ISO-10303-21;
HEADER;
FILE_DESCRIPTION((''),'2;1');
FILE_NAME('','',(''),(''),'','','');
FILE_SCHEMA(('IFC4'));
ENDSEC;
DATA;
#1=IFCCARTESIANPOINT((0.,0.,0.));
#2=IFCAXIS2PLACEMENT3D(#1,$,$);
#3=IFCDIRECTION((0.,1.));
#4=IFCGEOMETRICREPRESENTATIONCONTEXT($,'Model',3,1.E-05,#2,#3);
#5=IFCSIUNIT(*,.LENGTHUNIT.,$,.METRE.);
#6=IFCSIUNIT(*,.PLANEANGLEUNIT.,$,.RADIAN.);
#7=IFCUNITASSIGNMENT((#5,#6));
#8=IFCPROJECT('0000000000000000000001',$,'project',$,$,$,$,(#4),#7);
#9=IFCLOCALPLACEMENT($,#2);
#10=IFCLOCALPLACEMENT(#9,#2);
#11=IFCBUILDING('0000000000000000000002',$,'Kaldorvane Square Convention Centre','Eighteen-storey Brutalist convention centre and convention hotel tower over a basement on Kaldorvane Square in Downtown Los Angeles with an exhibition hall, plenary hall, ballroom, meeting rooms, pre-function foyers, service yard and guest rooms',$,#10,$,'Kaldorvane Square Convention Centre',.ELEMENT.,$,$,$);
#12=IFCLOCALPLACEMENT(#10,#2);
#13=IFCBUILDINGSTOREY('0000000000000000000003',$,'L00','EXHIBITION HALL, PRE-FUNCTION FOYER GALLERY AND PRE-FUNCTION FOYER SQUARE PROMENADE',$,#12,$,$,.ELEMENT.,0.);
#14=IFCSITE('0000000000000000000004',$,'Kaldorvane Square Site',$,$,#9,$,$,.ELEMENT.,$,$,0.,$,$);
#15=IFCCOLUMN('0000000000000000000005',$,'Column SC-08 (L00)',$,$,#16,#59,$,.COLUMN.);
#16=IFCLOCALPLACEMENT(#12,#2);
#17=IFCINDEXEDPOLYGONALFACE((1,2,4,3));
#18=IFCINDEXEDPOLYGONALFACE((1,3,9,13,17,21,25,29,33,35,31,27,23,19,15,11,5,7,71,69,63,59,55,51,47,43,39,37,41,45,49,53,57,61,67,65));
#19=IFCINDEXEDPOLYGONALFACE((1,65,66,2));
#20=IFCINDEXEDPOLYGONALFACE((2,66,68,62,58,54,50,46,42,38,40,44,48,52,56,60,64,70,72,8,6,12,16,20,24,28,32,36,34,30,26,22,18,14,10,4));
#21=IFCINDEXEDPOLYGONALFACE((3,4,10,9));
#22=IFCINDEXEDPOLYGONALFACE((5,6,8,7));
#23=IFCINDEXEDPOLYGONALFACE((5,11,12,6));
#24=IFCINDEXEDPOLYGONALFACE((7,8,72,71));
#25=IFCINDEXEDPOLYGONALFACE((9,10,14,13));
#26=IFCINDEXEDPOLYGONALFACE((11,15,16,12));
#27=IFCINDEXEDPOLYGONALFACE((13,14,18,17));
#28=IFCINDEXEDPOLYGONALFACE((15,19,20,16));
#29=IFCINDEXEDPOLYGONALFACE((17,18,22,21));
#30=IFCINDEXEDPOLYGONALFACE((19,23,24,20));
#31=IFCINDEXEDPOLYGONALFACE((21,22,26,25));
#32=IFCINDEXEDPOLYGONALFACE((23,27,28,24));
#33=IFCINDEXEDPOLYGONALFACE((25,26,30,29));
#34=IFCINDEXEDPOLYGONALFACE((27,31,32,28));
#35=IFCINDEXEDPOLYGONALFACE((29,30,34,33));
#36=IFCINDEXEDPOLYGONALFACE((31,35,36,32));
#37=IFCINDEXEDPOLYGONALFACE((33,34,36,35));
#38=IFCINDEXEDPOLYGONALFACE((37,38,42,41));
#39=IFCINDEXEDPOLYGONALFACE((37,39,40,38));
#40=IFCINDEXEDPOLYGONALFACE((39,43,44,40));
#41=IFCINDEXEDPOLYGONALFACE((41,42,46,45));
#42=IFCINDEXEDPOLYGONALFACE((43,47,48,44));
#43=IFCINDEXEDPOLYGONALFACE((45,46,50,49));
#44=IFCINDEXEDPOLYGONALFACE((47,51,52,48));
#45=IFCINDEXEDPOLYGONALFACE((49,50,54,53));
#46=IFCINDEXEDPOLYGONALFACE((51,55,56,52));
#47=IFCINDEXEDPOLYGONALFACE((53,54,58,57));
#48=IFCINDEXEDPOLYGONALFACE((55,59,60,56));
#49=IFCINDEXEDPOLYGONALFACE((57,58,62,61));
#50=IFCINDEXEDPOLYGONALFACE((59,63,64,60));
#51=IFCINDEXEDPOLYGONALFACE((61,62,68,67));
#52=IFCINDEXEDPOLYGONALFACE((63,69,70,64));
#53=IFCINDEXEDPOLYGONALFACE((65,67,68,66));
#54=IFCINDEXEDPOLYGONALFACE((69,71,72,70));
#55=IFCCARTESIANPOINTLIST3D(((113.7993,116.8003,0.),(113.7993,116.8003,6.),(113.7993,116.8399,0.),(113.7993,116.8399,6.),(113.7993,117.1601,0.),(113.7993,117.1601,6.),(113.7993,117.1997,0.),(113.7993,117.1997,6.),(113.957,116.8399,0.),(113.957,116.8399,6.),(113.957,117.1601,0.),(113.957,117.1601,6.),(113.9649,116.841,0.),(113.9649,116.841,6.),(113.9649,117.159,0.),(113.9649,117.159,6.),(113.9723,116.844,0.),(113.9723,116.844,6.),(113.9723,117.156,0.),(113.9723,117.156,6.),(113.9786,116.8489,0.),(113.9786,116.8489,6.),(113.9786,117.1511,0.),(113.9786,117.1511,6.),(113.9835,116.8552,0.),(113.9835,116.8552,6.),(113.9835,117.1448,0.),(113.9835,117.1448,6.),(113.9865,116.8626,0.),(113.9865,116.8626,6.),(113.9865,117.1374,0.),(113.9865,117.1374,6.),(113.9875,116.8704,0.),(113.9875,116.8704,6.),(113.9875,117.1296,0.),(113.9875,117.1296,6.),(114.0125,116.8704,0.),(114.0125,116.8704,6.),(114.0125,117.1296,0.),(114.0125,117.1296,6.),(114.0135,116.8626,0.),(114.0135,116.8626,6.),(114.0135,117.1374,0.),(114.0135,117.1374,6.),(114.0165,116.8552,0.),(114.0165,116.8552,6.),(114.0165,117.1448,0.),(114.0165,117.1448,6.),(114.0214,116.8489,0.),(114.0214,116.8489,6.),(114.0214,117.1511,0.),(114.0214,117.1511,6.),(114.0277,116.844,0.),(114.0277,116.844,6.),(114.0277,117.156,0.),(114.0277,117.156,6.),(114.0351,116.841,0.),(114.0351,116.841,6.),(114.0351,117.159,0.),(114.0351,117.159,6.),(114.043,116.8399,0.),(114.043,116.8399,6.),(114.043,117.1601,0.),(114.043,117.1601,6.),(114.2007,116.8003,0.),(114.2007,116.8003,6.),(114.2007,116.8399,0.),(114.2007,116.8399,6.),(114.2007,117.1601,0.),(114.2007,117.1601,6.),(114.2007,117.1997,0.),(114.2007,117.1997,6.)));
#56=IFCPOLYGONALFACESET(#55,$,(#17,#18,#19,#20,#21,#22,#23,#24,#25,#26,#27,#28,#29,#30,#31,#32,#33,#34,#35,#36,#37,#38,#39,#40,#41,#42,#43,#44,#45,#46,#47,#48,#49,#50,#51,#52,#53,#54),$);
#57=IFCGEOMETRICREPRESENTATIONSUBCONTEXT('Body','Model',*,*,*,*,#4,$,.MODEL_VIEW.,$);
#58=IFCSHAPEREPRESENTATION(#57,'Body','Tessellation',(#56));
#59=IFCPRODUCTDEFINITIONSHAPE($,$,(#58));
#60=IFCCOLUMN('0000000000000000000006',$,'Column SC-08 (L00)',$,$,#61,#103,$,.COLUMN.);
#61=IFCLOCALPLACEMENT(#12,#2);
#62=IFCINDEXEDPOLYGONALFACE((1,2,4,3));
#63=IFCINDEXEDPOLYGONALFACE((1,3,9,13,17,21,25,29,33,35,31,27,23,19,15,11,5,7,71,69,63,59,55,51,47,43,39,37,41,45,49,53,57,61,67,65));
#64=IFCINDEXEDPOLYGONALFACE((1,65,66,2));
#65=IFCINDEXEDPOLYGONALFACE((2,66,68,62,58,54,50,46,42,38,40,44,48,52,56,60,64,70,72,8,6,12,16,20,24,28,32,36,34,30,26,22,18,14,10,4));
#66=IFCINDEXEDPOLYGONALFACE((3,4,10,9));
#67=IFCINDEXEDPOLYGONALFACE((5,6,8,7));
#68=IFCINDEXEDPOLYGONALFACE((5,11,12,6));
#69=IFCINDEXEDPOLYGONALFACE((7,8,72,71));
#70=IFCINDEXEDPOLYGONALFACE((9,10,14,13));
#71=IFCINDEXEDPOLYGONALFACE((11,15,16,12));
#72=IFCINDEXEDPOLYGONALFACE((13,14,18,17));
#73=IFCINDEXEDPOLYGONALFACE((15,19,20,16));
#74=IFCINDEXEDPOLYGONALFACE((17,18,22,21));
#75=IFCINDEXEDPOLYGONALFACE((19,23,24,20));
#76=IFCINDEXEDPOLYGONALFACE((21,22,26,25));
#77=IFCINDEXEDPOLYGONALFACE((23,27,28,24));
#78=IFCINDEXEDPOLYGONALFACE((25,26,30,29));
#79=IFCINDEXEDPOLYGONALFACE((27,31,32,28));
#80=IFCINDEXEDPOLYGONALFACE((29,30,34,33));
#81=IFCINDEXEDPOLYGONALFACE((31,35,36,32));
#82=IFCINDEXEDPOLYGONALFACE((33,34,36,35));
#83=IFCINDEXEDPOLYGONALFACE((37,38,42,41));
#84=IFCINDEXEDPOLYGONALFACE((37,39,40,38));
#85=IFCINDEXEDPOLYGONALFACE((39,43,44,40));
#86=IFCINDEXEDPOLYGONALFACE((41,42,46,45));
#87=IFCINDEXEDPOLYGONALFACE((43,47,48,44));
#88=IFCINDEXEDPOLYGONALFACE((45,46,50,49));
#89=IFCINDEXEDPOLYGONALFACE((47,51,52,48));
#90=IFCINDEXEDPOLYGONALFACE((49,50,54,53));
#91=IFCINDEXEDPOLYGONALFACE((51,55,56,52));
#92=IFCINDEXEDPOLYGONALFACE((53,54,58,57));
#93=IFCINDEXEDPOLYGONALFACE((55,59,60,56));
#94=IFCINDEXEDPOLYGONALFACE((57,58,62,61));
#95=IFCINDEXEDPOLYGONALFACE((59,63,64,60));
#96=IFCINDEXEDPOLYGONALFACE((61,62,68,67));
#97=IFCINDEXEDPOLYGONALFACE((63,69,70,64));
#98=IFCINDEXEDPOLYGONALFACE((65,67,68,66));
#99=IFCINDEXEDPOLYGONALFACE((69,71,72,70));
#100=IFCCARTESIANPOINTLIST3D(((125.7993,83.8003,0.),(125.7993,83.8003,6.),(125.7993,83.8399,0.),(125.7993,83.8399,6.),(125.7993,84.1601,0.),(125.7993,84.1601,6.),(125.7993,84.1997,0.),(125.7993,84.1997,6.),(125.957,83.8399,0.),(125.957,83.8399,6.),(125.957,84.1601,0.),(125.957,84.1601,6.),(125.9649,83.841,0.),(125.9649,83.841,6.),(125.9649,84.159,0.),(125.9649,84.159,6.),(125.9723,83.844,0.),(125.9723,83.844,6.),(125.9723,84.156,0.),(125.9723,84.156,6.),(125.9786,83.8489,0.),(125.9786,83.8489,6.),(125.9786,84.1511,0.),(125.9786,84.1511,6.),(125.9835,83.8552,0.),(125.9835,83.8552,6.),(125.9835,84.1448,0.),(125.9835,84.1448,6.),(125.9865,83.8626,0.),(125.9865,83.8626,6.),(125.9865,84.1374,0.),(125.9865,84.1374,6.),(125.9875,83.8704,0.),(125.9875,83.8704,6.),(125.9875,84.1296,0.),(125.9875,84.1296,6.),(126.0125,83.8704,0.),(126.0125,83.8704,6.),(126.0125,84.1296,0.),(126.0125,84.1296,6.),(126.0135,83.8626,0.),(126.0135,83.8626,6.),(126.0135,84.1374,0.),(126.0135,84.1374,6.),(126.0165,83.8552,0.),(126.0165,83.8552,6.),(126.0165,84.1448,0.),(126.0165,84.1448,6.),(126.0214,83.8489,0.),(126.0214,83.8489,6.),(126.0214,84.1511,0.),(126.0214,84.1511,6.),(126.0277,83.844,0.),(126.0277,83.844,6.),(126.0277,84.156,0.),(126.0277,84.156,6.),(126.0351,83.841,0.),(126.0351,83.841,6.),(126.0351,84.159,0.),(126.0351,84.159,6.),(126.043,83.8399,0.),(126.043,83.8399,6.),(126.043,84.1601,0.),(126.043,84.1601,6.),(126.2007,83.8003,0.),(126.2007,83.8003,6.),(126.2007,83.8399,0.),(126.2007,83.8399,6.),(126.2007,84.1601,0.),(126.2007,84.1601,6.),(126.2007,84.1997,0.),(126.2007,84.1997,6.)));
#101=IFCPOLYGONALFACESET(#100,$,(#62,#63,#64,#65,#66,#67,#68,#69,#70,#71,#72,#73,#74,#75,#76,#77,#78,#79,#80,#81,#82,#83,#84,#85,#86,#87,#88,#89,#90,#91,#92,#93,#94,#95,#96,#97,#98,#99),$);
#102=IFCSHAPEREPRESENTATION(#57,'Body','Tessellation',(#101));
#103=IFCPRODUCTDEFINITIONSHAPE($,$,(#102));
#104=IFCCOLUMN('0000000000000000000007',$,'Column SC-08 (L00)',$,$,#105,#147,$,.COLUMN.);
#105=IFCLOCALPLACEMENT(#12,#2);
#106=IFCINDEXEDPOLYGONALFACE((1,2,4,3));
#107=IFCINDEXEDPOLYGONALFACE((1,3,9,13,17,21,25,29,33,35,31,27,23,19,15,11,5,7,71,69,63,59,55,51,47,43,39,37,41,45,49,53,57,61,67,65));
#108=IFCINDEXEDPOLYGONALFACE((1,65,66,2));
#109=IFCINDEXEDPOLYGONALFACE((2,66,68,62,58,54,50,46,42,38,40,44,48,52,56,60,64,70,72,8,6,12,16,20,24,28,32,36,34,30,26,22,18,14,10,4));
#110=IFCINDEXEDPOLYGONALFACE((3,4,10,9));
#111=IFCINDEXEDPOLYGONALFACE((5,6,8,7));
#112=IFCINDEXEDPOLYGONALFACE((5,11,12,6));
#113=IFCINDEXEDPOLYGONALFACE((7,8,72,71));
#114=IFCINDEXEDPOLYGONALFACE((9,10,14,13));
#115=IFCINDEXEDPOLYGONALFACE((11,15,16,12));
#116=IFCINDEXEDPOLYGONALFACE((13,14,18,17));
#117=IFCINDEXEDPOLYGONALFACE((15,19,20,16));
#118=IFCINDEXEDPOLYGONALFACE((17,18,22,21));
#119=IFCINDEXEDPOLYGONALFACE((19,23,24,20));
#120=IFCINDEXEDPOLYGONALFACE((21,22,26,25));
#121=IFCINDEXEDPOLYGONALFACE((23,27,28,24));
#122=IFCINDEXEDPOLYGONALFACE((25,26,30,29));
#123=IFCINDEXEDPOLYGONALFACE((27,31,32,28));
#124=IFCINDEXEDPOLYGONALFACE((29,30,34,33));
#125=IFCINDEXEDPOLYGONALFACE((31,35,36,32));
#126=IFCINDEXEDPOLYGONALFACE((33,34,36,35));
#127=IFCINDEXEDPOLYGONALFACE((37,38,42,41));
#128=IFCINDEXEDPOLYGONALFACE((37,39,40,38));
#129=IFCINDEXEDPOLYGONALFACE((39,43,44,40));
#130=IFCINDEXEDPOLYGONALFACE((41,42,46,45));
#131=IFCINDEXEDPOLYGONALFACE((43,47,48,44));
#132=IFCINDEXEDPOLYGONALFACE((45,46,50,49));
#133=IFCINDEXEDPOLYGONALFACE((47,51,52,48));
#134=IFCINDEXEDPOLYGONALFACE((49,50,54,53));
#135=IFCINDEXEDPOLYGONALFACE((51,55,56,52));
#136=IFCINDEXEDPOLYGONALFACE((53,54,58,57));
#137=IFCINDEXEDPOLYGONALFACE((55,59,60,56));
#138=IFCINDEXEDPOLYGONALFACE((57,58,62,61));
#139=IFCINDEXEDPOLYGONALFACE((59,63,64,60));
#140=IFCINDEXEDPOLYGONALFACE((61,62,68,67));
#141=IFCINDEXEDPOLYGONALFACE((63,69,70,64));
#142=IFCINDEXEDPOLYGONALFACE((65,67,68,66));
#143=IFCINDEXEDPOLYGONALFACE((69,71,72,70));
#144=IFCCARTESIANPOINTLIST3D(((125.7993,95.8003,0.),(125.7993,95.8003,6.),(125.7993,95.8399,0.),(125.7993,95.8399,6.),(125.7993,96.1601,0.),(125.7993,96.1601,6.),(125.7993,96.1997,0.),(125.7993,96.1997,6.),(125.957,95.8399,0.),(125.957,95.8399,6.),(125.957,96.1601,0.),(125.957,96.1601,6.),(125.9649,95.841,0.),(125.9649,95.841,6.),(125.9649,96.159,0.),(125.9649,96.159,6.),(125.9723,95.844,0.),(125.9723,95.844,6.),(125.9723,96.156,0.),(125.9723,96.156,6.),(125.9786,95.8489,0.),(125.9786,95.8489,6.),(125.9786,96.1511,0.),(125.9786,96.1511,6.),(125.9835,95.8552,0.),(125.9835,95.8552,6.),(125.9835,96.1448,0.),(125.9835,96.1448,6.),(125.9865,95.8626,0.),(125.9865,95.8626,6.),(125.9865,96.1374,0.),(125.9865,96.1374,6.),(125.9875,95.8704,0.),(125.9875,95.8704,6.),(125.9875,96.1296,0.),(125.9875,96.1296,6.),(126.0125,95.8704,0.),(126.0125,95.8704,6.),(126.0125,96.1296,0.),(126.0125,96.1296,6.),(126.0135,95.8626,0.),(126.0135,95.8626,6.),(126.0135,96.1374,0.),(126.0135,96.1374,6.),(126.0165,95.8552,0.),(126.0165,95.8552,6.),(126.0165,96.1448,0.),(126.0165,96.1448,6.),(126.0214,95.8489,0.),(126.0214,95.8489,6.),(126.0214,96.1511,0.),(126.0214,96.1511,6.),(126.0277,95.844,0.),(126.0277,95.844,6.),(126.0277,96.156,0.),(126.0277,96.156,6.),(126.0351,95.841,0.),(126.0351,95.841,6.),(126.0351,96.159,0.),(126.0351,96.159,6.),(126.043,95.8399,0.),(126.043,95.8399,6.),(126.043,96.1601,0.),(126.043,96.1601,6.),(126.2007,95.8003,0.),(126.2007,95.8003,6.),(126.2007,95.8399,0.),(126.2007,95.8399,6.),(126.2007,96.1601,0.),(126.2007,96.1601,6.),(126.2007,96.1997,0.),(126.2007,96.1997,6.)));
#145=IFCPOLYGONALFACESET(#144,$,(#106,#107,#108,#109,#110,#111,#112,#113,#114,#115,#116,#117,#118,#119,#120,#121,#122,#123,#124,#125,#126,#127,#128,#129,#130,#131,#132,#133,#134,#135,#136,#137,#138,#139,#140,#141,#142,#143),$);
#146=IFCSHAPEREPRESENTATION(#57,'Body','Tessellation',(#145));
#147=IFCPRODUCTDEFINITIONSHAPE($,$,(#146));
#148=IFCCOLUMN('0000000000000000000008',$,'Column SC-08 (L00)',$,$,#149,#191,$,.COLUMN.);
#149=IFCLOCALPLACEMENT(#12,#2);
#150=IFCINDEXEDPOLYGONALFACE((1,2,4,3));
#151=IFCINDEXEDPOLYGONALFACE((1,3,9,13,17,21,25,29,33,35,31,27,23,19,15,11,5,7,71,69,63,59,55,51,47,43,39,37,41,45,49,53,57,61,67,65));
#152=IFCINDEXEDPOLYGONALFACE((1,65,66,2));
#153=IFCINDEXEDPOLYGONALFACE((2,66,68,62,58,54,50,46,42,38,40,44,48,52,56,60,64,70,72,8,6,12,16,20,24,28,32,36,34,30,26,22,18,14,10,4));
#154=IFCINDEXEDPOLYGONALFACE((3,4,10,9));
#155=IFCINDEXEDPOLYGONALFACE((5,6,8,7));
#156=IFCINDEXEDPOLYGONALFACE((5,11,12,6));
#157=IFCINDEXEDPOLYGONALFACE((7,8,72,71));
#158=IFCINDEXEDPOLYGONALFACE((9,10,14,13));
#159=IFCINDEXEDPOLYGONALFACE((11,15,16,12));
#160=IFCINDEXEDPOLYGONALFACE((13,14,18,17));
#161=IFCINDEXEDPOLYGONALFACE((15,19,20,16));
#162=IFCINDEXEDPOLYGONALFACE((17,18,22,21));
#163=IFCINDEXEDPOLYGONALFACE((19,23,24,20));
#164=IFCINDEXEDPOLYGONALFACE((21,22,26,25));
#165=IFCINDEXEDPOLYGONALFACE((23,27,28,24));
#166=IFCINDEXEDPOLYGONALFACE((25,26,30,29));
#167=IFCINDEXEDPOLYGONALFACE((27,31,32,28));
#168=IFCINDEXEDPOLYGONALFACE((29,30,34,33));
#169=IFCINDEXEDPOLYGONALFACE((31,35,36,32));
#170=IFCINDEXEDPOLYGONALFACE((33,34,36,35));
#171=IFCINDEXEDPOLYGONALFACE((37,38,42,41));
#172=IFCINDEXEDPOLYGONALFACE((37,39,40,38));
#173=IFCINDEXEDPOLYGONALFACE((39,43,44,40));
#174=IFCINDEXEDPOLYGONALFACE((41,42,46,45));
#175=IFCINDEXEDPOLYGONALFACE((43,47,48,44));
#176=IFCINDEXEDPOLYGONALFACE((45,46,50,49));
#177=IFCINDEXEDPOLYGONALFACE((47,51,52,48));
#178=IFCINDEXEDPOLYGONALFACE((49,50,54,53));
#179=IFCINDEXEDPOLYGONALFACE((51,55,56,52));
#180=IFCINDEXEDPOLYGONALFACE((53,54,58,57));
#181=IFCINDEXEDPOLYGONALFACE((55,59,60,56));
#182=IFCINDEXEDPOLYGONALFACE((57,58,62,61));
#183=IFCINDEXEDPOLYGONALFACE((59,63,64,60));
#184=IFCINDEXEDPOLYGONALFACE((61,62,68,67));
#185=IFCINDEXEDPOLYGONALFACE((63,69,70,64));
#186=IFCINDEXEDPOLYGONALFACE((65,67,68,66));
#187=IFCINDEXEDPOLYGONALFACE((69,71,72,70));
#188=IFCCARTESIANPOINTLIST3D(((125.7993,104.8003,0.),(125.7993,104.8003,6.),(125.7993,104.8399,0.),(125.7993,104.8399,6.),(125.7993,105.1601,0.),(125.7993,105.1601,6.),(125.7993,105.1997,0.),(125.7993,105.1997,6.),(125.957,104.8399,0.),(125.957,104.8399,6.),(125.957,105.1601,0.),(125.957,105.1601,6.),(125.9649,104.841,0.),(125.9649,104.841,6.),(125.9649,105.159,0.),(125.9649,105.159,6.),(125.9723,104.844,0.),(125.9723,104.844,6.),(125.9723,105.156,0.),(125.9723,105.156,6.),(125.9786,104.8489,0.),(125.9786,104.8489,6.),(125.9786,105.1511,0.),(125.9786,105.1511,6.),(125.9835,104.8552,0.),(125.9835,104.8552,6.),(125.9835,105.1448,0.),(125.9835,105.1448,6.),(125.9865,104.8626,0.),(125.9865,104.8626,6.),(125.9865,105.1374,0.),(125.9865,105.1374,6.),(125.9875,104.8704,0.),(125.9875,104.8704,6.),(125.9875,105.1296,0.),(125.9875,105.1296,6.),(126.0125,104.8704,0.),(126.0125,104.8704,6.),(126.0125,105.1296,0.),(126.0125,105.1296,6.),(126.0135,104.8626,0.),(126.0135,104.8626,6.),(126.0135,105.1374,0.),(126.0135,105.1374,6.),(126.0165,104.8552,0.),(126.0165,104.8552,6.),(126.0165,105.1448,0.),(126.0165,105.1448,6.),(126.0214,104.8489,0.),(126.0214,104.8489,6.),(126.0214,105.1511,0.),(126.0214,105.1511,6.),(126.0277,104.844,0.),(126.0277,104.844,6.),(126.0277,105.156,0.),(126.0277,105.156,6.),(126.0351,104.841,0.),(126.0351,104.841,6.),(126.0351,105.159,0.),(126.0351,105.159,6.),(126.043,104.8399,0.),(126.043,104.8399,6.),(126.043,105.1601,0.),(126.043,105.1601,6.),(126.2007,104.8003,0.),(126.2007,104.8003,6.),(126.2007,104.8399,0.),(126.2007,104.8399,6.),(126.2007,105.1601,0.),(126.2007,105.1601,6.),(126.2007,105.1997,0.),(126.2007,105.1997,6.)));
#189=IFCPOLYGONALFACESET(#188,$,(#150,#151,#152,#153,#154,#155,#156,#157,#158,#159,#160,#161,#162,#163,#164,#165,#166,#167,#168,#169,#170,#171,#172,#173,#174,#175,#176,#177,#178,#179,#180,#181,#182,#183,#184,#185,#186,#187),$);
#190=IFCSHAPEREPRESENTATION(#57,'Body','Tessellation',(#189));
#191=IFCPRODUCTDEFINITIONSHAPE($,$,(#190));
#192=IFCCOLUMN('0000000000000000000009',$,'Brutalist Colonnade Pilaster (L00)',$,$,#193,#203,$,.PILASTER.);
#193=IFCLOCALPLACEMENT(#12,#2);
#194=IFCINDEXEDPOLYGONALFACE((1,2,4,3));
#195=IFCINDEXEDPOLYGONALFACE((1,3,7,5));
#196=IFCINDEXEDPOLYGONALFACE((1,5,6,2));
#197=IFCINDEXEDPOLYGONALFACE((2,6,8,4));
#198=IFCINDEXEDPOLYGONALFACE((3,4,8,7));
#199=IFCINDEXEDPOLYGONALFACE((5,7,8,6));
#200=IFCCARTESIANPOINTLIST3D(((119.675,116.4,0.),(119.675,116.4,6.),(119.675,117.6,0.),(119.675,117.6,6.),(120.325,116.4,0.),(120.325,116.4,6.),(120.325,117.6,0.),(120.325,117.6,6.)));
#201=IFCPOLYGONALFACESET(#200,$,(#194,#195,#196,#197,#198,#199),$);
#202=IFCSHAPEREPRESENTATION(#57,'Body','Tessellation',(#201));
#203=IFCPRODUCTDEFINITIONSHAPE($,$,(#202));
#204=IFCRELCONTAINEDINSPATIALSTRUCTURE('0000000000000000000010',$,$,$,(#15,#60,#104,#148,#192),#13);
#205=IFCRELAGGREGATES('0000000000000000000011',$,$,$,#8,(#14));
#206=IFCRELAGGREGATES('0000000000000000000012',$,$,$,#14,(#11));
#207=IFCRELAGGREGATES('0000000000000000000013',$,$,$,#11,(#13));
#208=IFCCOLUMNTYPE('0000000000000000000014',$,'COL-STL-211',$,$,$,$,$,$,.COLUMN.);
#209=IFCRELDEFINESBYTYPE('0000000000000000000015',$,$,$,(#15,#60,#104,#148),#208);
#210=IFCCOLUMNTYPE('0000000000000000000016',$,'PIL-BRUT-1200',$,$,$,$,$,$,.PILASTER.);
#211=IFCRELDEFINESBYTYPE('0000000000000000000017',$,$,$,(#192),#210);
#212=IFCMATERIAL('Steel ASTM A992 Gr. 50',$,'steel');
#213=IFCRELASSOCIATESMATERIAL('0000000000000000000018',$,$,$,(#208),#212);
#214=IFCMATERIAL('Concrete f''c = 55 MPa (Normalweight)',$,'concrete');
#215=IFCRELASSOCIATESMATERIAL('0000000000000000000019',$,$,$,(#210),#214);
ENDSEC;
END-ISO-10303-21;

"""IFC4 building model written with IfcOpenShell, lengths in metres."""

from ifc_helpers import new_model, si_unit, direction, frame, origin, origin_2d, place, context, subcontext, project, spatial, rectangle, i_section, extrude, material, material_profile, profile_set, type_object, element, save


model = new_model("IFC4")

# Units and contexts
model_context = context("Model", 3, precision=1e-05, world=origin(), true_north=direction((0.0, 1.0)))
body_context = subcontext(model_context, "Body", "Model", "MODEL_VIEW")
ifc_project = project(units=[si_unit("LENGTHUNIT", "METRE"), si_unit("PLANEANGLEUNIT", "RADIAN")], contexts=[model_context])

# Site, building, storey
site_placement = place(None, origin())
site = spatial("IfcSite", under=ifc_project, at=site_placement, Name="Kaldorvane Square Site", CompositionType="ELEMENT", RefElevation=0.0)
building_placement = place(site_placement, origin())
building = spatial("IfcBuilding", under=site, at=building_placement, Name="Kaldorvane Square Convention Centre", Description="Eighteen-storey Brutalist convention centre and convention hotel tower over a basement on Kaldorvane Square in Downtown Los Angeles with an exhibition hall, plenary hall, ballroom, meeting rooms, pre-function foyers, service yard and guest rooms", LongName="Kaldorvane Square Convention Centre", CompositionType="ELEMENT")
storey_placement = place(building_placement, origin())
storey = spatial("IfcBuildingStorey", under=building, at=storey_placement, Name="L00", Description="EXHIBITION HALL, PRE-FUNCTION FOYER GALLERY AND PRE-FUNCTION FOYER SQUARE PROMENADE", CompositionType="ELEMENT", Elevation=0.0)

# Columns
ifc_material_1 = material(Name="Steel ASTM A992 Gr. 50", Category="steel")
ifc_material_profile_1 = material_profile(ifc_material_1, i_section(OverallWidth=0.4013, OverallDepth=0.3993, WebThickness=0.0249, FlangeThickness=0.0396, FilletRadius=0.0305, at=origin_2d()), Name="W14X211")
ifc_profile_set_1 = profile_set([ifc_material_profile_1], Name="Steel ASTM A992 Gr. 50")
column_type_1 = type_object("IfcColumnType", Name="COL-STL-211", PredefinedType="COLUMN", material=ifc_profile_set_1)
for number, where, z_axis, x_axis, name in (
    (1, (114.0, 117.0, 0.0), (0.0, 0.0, 1.0), (1.0, 0.0, 0.0), "Column SC-08 (L00)"),
    (2, (126.0, 84.0, 0.0), (0.0, 0.0, 1.0), (1.0, 0.0, 0.0), "Column SC-08 (L00)"),
    (3, (126.0, 96.0, 0.0), (0.0, 0.0, 1.0), (1.0, 0.0, 0.0), "Column SC-08 (L00)"),
    (4, (126.0, 105.0, 0.0), (0.0, 0.0, 1.0), (1.0, 0.0, 0.0), "Column SC-08 (L00)"),
):
    element("IfcColumn", number, at=place(storey_placement, frame(where, z_axis=z_axis, x_axis=x_axis)), inside=storey, type_object=column_type_1, Name=name, PredefinedType="COLUMN", context=body_context, shape_type="SweptSolid", body=[
        extrude(i_section(OverallWidth=0.4013, OverallDepth=0.3993, WebThickness=0.0249, FlangeThickness=0.0396, FilletRadius=0.0305, at=origin_2d()), origin(), (0.0, 0.0, 1.0), 6.0),
    ])
ifc_material_2 = material(Name="Concrete f'c = 55 MPa (Normalweight)", Category="concrete")
ifc_material_profile_2 = material_profile(ifc_material_2, rectangle(XDim=0.65, YDim=1.2, at=origin_2d()), Name="PIL1200X650")
ifc_profile_set_2 = profile_set([ifc_material_profile_2], Name="Concrete f'c = 55 MPa (Normalweight)")
column_type_2 = type_object("IfcColumnType", Name="PIL-BRUT-1200", PredefinedType="PILASTER", material=ifc_profile_set_2)
column_placement = place(storey_placement, frame((120.0, 117.0, 0.0), z_axis=(0.0, 0.0, 1.0), x_axis=(1.0, 0.0, 0.0)))
element("IfcColumn", 5, at=column_placement, inside=storey, type_object=column_type_2, Name="Brutalist Colonnade Pilaster (L00)", PredefinedType="PILASTER", context=body_context, shape_type="SweptSolid", body=[
    extrude(rectangle(XDim=0.65, YDim=1.2, at=origin_2d()), origin(), (0.0, 0.0, 1.0), 6.0),
])

save(model, "model.ifc")
